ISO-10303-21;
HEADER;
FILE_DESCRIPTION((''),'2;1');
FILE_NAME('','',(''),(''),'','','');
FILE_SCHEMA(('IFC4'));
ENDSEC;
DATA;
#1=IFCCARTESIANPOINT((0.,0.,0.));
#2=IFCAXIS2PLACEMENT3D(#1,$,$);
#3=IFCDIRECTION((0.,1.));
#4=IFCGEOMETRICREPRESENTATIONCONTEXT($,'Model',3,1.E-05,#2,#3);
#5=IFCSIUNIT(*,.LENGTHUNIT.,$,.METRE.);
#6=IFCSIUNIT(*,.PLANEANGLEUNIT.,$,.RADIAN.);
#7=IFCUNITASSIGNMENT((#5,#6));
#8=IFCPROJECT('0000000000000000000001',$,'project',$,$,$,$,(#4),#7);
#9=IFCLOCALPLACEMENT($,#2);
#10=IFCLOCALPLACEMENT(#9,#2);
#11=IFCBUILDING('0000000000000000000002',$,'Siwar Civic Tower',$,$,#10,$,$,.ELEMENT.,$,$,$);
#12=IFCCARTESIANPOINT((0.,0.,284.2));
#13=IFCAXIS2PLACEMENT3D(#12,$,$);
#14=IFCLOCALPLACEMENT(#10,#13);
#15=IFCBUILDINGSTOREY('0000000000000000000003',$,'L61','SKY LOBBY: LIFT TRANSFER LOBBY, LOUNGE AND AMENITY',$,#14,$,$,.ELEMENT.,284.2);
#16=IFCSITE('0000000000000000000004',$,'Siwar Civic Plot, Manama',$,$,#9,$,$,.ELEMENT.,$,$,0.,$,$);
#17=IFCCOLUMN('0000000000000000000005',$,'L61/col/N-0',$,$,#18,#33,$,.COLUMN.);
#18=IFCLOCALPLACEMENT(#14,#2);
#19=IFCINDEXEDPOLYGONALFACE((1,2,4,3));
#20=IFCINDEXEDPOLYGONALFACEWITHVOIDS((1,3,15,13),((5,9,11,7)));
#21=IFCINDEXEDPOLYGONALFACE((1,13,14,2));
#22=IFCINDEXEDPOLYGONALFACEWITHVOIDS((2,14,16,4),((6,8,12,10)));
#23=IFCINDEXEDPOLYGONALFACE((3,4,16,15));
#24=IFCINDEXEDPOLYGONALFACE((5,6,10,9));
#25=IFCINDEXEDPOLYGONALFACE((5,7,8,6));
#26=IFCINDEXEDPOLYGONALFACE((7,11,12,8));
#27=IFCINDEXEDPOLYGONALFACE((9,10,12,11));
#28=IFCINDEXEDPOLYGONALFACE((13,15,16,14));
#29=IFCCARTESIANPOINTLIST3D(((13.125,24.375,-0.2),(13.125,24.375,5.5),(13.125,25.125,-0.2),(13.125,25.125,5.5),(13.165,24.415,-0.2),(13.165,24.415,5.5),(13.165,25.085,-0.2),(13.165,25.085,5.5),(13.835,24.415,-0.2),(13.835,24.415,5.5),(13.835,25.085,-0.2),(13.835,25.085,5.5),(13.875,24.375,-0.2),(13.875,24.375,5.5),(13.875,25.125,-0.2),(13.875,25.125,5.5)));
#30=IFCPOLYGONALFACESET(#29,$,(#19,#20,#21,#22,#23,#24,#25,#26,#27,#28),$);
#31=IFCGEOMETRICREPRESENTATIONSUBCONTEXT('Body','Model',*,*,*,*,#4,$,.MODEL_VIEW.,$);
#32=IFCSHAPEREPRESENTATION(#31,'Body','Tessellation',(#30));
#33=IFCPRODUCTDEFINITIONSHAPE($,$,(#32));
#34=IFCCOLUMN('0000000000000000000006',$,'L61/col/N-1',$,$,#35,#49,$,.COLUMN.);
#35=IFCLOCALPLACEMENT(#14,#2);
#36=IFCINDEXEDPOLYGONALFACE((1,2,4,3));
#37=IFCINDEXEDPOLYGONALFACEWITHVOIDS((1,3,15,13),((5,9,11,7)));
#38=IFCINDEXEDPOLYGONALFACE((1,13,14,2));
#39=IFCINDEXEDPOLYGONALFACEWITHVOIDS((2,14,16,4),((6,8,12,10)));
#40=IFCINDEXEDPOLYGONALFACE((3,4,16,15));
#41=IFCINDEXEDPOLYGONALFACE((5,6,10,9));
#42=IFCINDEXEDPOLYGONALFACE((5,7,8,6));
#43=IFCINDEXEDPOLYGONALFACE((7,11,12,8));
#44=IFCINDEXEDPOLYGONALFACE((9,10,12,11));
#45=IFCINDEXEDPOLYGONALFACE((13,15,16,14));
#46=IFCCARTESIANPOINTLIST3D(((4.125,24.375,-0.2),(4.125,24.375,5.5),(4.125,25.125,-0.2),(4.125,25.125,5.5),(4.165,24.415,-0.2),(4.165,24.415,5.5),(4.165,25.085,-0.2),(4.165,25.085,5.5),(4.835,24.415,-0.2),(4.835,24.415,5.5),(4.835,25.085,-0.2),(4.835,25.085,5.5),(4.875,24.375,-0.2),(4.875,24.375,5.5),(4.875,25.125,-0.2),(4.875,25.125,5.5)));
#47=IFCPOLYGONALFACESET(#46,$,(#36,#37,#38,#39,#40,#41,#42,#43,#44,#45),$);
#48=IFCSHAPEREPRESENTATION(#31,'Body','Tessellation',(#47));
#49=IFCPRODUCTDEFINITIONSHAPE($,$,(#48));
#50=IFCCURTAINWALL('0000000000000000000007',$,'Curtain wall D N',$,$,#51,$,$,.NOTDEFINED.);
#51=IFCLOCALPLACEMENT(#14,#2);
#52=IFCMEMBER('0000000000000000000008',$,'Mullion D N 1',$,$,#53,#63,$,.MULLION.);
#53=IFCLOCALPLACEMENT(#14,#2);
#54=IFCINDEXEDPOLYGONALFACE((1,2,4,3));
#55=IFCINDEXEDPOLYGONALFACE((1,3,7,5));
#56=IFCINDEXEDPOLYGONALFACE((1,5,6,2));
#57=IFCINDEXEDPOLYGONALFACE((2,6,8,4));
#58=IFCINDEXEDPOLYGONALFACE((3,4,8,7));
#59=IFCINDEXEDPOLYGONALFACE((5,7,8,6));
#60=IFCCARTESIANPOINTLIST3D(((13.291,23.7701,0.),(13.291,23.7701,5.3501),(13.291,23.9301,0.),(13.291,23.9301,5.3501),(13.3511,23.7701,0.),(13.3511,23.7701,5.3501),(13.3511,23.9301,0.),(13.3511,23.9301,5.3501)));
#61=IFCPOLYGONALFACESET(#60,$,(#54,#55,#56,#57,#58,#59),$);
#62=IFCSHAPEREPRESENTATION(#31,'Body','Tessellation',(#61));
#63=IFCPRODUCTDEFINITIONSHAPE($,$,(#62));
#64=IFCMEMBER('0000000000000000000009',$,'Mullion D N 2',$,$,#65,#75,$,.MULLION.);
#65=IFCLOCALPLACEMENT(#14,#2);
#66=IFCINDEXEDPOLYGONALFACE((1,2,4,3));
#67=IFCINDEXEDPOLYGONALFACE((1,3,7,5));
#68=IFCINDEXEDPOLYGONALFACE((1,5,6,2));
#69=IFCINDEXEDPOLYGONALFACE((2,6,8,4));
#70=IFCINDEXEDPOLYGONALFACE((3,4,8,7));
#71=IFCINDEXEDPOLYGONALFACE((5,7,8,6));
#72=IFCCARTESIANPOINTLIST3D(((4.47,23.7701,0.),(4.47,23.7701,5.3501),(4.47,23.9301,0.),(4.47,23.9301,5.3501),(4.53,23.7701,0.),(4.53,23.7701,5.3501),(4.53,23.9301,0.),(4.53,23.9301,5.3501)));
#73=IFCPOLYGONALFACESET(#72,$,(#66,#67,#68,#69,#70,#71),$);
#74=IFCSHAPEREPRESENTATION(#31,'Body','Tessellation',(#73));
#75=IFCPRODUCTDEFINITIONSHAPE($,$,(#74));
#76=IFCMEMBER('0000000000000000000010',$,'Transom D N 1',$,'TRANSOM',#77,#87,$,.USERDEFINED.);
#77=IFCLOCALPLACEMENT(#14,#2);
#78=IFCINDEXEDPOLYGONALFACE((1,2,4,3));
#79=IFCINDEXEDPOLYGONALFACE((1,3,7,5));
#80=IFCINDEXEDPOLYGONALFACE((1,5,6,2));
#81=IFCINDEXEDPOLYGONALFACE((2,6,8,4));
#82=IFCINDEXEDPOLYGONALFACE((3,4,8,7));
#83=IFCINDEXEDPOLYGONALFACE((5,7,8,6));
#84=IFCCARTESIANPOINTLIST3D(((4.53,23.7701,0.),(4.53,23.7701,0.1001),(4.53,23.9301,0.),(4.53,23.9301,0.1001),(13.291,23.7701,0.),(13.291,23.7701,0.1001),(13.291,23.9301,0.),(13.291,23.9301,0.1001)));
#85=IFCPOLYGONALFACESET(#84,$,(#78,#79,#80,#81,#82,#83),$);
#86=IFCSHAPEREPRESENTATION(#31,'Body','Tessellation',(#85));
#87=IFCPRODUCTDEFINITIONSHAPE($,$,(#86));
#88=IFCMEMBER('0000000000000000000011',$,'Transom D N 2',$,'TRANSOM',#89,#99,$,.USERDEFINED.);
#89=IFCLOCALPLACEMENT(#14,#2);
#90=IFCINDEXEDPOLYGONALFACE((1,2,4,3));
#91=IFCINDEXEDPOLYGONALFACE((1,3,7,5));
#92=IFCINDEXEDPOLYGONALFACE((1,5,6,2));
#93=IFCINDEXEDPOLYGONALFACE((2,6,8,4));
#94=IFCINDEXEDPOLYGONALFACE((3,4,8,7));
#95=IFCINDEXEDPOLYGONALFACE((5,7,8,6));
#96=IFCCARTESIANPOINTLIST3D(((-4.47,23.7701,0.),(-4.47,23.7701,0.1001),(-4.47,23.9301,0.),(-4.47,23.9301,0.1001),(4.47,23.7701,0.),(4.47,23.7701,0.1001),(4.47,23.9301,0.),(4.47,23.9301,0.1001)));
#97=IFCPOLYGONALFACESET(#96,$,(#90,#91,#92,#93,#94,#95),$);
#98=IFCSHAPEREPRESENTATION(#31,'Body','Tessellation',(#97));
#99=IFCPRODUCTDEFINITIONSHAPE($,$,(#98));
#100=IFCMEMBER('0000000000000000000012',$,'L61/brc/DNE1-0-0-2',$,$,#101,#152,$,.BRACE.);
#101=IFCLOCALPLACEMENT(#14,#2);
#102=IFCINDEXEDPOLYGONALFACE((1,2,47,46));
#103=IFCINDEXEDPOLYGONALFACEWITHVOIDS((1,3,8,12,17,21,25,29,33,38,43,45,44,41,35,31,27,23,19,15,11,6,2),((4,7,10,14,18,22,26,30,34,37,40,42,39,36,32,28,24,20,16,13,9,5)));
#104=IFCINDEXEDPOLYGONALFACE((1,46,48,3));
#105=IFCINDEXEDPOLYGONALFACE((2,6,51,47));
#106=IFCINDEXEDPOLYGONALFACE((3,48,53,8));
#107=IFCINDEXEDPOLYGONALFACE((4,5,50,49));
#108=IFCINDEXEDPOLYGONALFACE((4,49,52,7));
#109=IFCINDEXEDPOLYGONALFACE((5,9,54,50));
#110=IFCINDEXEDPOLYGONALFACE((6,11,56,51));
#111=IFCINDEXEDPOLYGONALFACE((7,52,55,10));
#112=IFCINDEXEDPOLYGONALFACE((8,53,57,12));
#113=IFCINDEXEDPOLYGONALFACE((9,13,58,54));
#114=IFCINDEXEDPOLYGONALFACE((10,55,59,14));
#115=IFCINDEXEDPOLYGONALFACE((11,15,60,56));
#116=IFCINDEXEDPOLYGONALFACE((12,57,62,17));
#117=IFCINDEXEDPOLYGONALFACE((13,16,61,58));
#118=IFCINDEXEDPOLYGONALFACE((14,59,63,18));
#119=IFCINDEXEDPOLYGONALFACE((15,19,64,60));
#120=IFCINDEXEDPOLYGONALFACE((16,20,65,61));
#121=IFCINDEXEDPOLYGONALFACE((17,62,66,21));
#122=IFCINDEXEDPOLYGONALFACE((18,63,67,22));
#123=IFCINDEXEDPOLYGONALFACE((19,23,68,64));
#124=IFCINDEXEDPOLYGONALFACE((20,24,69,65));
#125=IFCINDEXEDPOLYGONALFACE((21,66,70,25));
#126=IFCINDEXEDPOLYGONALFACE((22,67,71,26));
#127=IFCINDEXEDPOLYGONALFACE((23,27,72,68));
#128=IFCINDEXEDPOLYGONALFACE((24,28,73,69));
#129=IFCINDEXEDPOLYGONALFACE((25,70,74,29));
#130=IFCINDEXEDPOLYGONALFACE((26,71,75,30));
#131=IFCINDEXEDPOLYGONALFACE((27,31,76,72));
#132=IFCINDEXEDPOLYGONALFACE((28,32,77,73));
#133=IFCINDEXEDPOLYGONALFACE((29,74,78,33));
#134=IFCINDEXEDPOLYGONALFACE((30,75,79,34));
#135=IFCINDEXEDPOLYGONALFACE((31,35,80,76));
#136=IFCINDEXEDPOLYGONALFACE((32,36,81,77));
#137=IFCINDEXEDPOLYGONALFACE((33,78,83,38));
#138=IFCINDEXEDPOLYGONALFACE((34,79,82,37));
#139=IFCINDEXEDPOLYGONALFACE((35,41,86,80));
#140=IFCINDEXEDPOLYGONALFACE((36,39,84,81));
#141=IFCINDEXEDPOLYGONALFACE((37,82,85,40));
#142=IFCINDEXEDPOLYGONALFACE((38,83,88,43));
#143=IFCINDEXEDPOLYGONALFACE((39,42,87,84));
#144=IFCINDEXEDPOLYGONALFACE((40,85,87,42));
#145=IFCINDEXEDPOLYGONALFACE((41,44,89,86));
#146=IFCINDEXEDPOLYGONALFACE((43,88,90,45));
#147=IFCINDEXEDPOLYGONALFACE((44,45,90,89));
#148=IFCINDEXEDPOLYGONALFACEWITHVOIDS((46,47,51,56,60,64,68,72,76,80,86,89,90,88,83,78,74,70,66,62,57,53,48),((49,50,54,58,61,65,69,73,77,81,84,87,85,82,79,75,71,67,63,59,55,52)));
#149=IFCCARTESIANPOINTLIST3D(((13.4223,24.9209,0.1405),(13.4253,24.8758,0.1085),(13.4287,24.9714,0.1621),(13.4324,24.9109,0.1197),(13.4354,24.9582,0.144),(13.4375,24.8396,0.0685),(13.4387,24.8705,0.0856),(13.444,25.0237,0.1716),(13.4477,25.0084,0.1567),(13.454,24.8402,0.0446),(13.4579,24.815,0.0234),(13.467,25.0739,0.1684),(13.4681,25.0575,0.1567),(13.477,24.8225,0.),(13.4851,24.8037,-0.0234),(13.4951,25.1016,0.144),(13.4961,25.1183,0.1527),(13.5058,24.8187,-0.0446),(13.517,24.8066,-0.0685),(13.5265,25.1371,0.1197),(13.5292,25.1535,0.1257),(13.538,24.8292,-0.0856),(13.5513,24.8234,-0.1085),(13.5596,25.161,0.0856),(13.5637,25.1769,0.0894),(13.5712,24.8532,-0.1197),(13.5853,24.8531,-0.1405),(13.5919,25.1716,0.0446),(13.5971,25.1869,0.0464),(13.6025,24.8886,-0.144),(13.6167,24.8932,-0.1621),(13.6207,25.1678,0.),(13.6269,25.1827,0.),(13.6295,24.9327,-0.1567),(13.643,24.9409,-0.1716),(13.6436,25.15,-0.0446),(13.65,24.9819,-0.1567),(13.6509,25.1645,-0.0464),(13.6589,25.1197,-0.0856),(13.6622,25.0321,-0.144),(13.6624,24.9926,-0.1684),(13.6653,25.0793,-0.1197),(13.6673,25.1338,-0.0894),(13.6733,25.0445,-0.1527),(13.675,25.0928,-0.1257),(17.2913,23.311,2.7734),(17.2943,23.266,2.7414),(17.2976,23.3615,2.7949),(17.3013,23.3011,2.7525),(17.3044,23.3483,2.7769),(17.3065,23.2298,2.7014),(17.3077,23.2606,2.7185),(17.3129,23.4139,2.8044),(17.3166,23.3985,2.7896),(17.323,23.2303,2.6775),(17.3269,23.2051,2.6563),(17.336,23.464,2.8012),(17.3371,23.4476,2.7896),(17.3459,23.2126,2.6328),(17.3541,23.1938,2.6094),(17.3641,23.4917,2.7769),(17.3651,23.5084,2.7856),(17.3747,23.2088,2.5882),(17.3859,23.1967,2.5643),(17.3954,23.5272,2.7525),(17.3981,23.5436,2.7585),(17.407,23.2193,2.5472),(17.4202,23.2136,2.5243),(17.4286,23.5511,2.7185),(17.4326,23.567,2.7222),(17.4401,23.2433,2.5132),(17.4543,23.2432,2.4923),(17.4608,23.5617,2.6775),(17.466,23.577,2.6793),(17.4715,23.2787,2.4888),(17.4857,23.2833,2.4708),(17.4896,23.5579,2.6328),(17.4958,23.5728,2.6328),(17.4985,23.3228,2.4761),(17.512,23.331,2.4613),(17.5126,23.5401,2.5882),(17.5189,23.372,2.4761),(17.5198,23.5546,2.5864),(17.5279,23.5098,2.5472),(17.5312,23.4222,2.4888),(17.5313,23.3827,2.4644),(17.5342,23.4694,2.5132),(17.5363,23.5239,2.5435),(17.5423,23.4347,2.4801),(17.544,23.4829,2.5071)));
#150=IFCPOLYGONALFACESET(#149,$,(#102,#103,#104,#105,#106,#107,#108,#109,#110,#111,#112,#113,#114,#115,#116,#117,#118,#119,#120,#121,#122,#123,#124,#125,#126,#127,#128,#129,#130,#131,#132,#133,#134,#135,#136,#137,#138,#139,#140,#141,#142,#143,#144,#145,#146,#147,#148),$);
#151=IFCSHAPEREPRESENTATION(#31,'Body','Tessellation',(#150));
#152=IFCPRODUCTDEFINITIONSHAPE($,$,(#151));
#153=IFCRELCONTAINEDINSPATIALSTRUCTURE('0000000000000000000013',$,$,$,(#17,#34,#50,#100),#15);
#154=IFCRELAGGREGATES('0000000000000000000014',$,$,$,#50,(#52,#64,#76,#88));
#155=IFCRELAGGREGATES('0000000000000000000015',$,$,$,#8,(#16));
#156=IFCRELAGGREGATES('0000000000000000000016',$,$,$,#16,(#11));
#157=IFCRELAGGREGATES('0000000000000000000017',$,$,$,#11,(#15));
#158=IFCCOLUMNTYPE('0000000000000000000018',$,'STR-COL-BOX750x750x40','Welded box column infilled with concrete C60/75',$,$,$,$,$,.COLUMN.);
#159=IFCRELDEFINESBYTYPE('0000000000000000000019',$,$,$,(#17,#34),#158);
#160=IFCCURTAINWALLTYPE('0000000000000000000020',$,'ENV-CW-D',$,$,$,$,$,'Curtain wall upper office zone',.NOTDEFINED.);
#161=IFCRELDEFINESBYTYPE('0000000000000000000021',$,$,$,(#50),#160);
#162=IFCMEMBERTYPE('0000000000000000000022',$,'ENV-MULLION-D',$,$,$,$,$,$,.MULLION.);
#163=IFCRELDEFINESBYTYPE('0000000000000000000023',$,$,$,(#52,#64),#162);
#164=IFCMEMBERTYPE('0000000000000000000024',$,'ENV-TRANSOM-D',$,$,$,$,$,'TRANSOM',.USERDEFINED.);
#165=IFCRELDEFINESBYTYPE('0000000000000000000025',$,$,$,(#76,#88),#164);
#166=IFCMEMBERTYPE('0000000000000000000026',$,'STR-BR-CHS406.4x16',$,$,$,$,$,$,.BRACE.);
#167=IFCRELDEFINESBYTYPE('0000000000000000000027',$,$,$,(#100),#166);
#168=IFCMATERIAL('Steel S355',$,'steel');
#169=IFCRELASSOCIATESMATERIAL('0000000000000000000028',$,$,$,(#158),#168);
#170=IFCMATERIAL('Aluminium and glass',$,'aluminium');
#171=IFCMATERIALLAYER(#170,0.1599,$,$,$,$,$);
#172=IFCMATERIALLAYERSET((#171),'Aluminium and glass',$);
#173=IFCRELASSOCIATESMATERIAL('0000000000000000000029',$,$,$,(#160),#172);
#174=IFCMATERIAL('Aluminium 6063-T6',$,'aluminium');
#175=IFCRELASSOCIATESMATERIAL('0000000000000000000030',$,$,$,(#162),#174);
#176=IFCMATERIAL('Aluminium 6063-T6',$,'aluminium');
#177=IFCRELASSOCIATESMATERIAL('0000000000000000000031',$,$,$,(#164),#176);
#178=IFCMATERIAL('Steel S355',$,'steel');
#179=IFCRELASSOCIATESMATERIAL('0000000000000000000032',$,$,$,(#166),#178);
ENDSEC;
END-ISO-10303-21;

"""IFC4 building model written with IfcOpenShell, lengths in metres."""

from ifc_helpers import new_model, si_unit, direction, frame, origin, origin_2d, place, context, subcontext, project, spatial, rectangle, hollow_rectangle, hollow_circle, extrude, material, layer, layer_set, material_profile, profile_set, type_object, element, aggregate, save


model = new_model("IFC4")

# Units and contexts
model_context = context("Model", 3, precision=1e-05, world=origin(), true_north=direction((0.0, 1.0)))
body_context = subcontext(model_context, "Body", "Model", "MODEL_VIEW")
ifc_project = project(units=[si_unit("LENGTHUNIT", "METRE"), si_unit("PLANEANGLEUNIT", "RADIAN")], contexts=[model_context])

# Site, building, storey
site_placement = place(None, origin())
site = spatial("IfcSite", under=ifc_project, at=site_placement, Name="Siwar Civic Plot, Manama", CompositionType="ELEMENT", RefElevation=0.0)
building_placement = place(site_placement, origin())
building = spatial("IfcBuilding", under=site, at=building_placement, Name="Siwar Civic Tower", CompositionType="ELEMENT")
storey_placement = place(building_placement, frame((0.0, 0.0, 284.2)))
storey = spatial("IfcBuildingStorey", under=building, at=storey_placement, Name="L61", Description="SKY LOBBY: LIFT TRANSFER LOBBY, LOUNGE AND AMENITY", CompositionType="ELEMENT", Elevation=284.2)

# Columns
ifc_material_1 = material(Name="Steel S355", Category="steel")
ifc_material_profile_1 = material_profile(ifc_material_1, hollow_rectangle(XDim=0.75, YDim=0.75, WallThickness=0.04, at=origin_2d()), Name="BOX750x750x40")
ifc_profile_set_1 = profile_set([ifc_material_profile_1], Name="Steel S355")
column_type = type_object("IfcColumnType", Name="STR-COL-BOX750x750x40", Description="Welded box column infilled with concrete C60/75", PredefinedType="COLUMN", material=ifc_profile_set_1)
for number, where, z_axis, x_axis, name in (
    (1, (13.5, 24.75, -0.2), (0.0, 0.0, 1.0), (1.0, 0.0, 0.0), "L61/col/N-0"),
    (2, (4.5, 24.75, -0.2), (0.0, 0.0, 1.0), (1.0, 0.0, 0.0), "L61/col/N-1"),
):
    element("IfcColumn", number, at=place(storey_placement, frame(where, z_axis=z_axis, x_axis=x_axis)), inside=storey, type_object=column_type, Name=name, PredefinedType="COLUMN", context=body_context, shape_type="SweptSolid", body=[
        extrude(hollow_rectangle(XDim=0.75, YDim=0.75, WallThickness=0.04, at=origin_2d()), origin(), (0.0, 0.0, 1.0), 5.7),
    ])

# Curtain wall, members
ifc_material_2 = material(Name="Aluminium and glass", Category="aluminium")
ifc_layer_1 = layer(ifc_material_2, 0.1599)
ifc_layer_set_1 = layer_set([ifc_layer_1], Name="Aluminium and glass")
curtain_wall_type = type_object("IfcCurtainWallType", Name="ENV-CW-D", ElementType="Curtain wall upper office zone", PredefinedType="NOTDEFINED", material=ifc_layer_set_1)
curtain_wall_placement = place(storey_placement, origin())
curtain_wall = element("IfcCurtainWall", 3, at=curtain_wall_placement, inside=storey, type_object=curtain_wall_type, Name="Curtain wall D N", PredefinedType="NOTDEFINED")
ifc_material_3 = material(Name="Aluminium 6063-T6", Category="aluminium")
ifc_material_profile_2 = material_profile(ifc_material_3, rectangle(XDim=0.1599, YDim=0.0601, at=origin_2d()), Name="AL 160x60")
ifc_profile_set_2 = profile_set([ifc_material_profile_2], Name="Aluminium 6063-T6")
member_type_1 = type_object("IfcMemberType", Name="ENV-MULLION-D", PredefinedType="MULLION", material=ifc_profile_set_2)
member_1_placement = place(storey_placement, frame((13.321, 23.8501, 0.0), z_axis=(0.0, 0.0, 1.0), x_axis=(0.0, -1.0, 0.0)))
member_1 = element("IfcMember", 4, at=member_1_placement, type_object=member_type_1, Name="Mullion D N 1", PredefinedType="MULLION", context=body_context, shape_type="SweptSolid", body=[
    extrude(rectangle(XDim=0.1599, YDim=0.0601, at=origin_2d()), origin(), (0.0, 0.0, 1.0), 5.3501),
])
member_2_placement = place(storey_placement, frame((4.5, 23.8501, 0.0), z_axis=(0.0, 0.0, 1.0), x_axis=(0.0, -1.0, 0.0)))
member_2 = element("IfcMember", 5, at=member_2_placement, type_object=member_type_1, Name="Mullion D N 2", PredefinedType="MULLION", context=body_context, shape_type="SweptSolid", body=[
    extrude(rectangle(XDim=0.1599, YDim=0.0601, at=origin_2d()), origin(), (0.0, 0.0, 1.0), 5.3501),
])
ifc_material_4 = material(Name="Aluminium 6063-T6", Category="aluminium")
ifc_material_profile_3 = material_profile(ifc_material_4, rectangle(XDim=0.1599, YDim=0.1001, at=origin_2d()), Name="AL 160x100")
ifc_profile_set_3 = profile_set([ifc_material_profile_3], Name="Aluminium 6063-T6")
member_type_2 = type_object("IfcMemberType", Name="ENV-TRANSOM-D", ElementType="TRANSOM", PredefinedType="USERDEFINED", material=ifc_profile_set_3)
member_3_placement = place(storey_placement, frame((13.291, 23.8501, 0.05), z_axis=(-1.0, 0.0, 0.0), x_axis=(0.0, -1.0, 0.0)))
member_3 = element("IfcMember", 6, at=member_3_placement, type_object=member_type_2, Name="Transom D N 1", ObjectType="TRANSOM", PredefinedType="USERDEFINED", context=body_context, shape_type="SweptSolid", body=[
    extrude(rectangle(XDim=0.1599, YDim=0.1001, at=origin_2d()), origin(), (0.0, 0.0, 1.0), 8.761),
])
member_4_placement = place(storey_placement, frame((4.47, 23.8501, 0.05), z_axis=(-1.0, 0.0, 0.0), x_axis=(0.0, -1.0, 0.0)))
member_4 = element("IfcMember", 7, at=member_4_placement, type_object=member_type_2, Name="Transom D N 2", ObjectType="TRANSOM", PredefinedType="USERDEFINED", context=body_context, shape_type="SweptSolid", body=[
    extrude(rectangle(XDim=0.1599, YDim=0.1001, at=origin_2d()), origin(), (0.0, 0.0, 1.0), 8.9399),
])

# Member
ifc_material_5 = material(Name="Steel S355", Category="steel")
ifc_material_profile_4 = material_profile(ifc_material_5, hollow_circle(Radius=0.2031, WallThickness=0.0161, at=origin_2d()), Name="CHS406.4x16")
ifc_profile_set_4 = profile_set([ifc_material_profile_4], Name="Steel S355")
member_type_3 = type_object("IfcMemberType", Name="STR-BR-CHS406.4x16", PredefinedType="BRACE", material=ifc_profile_set_4)
member_5_placement = place(storey_placement, frame((13.5488, 24.9951, 0.0), z_axis=(0.781767, -0.325296, 0.531998), x_axis=(0.384173, 0.923261, 0.0)))
element("IfcMember", 8, at=member_5_placement, inside=storey, type_object=member_type_3, Name="L61/brc/DNE1-0-0-2", PredefinedType="BRACE", context=body_context, shape_type="SweptSolid", body=[
    extrude(hollow_circle(Radius=0.2031, WallThickness=0.0161, at=origin_2d()), origin(), (0.0, 0.0, 1.0), 4.949),
])

aggregate(curtain_wall, [member_1, member_2, member_3, member_4])

save(model, "model.ifc")
